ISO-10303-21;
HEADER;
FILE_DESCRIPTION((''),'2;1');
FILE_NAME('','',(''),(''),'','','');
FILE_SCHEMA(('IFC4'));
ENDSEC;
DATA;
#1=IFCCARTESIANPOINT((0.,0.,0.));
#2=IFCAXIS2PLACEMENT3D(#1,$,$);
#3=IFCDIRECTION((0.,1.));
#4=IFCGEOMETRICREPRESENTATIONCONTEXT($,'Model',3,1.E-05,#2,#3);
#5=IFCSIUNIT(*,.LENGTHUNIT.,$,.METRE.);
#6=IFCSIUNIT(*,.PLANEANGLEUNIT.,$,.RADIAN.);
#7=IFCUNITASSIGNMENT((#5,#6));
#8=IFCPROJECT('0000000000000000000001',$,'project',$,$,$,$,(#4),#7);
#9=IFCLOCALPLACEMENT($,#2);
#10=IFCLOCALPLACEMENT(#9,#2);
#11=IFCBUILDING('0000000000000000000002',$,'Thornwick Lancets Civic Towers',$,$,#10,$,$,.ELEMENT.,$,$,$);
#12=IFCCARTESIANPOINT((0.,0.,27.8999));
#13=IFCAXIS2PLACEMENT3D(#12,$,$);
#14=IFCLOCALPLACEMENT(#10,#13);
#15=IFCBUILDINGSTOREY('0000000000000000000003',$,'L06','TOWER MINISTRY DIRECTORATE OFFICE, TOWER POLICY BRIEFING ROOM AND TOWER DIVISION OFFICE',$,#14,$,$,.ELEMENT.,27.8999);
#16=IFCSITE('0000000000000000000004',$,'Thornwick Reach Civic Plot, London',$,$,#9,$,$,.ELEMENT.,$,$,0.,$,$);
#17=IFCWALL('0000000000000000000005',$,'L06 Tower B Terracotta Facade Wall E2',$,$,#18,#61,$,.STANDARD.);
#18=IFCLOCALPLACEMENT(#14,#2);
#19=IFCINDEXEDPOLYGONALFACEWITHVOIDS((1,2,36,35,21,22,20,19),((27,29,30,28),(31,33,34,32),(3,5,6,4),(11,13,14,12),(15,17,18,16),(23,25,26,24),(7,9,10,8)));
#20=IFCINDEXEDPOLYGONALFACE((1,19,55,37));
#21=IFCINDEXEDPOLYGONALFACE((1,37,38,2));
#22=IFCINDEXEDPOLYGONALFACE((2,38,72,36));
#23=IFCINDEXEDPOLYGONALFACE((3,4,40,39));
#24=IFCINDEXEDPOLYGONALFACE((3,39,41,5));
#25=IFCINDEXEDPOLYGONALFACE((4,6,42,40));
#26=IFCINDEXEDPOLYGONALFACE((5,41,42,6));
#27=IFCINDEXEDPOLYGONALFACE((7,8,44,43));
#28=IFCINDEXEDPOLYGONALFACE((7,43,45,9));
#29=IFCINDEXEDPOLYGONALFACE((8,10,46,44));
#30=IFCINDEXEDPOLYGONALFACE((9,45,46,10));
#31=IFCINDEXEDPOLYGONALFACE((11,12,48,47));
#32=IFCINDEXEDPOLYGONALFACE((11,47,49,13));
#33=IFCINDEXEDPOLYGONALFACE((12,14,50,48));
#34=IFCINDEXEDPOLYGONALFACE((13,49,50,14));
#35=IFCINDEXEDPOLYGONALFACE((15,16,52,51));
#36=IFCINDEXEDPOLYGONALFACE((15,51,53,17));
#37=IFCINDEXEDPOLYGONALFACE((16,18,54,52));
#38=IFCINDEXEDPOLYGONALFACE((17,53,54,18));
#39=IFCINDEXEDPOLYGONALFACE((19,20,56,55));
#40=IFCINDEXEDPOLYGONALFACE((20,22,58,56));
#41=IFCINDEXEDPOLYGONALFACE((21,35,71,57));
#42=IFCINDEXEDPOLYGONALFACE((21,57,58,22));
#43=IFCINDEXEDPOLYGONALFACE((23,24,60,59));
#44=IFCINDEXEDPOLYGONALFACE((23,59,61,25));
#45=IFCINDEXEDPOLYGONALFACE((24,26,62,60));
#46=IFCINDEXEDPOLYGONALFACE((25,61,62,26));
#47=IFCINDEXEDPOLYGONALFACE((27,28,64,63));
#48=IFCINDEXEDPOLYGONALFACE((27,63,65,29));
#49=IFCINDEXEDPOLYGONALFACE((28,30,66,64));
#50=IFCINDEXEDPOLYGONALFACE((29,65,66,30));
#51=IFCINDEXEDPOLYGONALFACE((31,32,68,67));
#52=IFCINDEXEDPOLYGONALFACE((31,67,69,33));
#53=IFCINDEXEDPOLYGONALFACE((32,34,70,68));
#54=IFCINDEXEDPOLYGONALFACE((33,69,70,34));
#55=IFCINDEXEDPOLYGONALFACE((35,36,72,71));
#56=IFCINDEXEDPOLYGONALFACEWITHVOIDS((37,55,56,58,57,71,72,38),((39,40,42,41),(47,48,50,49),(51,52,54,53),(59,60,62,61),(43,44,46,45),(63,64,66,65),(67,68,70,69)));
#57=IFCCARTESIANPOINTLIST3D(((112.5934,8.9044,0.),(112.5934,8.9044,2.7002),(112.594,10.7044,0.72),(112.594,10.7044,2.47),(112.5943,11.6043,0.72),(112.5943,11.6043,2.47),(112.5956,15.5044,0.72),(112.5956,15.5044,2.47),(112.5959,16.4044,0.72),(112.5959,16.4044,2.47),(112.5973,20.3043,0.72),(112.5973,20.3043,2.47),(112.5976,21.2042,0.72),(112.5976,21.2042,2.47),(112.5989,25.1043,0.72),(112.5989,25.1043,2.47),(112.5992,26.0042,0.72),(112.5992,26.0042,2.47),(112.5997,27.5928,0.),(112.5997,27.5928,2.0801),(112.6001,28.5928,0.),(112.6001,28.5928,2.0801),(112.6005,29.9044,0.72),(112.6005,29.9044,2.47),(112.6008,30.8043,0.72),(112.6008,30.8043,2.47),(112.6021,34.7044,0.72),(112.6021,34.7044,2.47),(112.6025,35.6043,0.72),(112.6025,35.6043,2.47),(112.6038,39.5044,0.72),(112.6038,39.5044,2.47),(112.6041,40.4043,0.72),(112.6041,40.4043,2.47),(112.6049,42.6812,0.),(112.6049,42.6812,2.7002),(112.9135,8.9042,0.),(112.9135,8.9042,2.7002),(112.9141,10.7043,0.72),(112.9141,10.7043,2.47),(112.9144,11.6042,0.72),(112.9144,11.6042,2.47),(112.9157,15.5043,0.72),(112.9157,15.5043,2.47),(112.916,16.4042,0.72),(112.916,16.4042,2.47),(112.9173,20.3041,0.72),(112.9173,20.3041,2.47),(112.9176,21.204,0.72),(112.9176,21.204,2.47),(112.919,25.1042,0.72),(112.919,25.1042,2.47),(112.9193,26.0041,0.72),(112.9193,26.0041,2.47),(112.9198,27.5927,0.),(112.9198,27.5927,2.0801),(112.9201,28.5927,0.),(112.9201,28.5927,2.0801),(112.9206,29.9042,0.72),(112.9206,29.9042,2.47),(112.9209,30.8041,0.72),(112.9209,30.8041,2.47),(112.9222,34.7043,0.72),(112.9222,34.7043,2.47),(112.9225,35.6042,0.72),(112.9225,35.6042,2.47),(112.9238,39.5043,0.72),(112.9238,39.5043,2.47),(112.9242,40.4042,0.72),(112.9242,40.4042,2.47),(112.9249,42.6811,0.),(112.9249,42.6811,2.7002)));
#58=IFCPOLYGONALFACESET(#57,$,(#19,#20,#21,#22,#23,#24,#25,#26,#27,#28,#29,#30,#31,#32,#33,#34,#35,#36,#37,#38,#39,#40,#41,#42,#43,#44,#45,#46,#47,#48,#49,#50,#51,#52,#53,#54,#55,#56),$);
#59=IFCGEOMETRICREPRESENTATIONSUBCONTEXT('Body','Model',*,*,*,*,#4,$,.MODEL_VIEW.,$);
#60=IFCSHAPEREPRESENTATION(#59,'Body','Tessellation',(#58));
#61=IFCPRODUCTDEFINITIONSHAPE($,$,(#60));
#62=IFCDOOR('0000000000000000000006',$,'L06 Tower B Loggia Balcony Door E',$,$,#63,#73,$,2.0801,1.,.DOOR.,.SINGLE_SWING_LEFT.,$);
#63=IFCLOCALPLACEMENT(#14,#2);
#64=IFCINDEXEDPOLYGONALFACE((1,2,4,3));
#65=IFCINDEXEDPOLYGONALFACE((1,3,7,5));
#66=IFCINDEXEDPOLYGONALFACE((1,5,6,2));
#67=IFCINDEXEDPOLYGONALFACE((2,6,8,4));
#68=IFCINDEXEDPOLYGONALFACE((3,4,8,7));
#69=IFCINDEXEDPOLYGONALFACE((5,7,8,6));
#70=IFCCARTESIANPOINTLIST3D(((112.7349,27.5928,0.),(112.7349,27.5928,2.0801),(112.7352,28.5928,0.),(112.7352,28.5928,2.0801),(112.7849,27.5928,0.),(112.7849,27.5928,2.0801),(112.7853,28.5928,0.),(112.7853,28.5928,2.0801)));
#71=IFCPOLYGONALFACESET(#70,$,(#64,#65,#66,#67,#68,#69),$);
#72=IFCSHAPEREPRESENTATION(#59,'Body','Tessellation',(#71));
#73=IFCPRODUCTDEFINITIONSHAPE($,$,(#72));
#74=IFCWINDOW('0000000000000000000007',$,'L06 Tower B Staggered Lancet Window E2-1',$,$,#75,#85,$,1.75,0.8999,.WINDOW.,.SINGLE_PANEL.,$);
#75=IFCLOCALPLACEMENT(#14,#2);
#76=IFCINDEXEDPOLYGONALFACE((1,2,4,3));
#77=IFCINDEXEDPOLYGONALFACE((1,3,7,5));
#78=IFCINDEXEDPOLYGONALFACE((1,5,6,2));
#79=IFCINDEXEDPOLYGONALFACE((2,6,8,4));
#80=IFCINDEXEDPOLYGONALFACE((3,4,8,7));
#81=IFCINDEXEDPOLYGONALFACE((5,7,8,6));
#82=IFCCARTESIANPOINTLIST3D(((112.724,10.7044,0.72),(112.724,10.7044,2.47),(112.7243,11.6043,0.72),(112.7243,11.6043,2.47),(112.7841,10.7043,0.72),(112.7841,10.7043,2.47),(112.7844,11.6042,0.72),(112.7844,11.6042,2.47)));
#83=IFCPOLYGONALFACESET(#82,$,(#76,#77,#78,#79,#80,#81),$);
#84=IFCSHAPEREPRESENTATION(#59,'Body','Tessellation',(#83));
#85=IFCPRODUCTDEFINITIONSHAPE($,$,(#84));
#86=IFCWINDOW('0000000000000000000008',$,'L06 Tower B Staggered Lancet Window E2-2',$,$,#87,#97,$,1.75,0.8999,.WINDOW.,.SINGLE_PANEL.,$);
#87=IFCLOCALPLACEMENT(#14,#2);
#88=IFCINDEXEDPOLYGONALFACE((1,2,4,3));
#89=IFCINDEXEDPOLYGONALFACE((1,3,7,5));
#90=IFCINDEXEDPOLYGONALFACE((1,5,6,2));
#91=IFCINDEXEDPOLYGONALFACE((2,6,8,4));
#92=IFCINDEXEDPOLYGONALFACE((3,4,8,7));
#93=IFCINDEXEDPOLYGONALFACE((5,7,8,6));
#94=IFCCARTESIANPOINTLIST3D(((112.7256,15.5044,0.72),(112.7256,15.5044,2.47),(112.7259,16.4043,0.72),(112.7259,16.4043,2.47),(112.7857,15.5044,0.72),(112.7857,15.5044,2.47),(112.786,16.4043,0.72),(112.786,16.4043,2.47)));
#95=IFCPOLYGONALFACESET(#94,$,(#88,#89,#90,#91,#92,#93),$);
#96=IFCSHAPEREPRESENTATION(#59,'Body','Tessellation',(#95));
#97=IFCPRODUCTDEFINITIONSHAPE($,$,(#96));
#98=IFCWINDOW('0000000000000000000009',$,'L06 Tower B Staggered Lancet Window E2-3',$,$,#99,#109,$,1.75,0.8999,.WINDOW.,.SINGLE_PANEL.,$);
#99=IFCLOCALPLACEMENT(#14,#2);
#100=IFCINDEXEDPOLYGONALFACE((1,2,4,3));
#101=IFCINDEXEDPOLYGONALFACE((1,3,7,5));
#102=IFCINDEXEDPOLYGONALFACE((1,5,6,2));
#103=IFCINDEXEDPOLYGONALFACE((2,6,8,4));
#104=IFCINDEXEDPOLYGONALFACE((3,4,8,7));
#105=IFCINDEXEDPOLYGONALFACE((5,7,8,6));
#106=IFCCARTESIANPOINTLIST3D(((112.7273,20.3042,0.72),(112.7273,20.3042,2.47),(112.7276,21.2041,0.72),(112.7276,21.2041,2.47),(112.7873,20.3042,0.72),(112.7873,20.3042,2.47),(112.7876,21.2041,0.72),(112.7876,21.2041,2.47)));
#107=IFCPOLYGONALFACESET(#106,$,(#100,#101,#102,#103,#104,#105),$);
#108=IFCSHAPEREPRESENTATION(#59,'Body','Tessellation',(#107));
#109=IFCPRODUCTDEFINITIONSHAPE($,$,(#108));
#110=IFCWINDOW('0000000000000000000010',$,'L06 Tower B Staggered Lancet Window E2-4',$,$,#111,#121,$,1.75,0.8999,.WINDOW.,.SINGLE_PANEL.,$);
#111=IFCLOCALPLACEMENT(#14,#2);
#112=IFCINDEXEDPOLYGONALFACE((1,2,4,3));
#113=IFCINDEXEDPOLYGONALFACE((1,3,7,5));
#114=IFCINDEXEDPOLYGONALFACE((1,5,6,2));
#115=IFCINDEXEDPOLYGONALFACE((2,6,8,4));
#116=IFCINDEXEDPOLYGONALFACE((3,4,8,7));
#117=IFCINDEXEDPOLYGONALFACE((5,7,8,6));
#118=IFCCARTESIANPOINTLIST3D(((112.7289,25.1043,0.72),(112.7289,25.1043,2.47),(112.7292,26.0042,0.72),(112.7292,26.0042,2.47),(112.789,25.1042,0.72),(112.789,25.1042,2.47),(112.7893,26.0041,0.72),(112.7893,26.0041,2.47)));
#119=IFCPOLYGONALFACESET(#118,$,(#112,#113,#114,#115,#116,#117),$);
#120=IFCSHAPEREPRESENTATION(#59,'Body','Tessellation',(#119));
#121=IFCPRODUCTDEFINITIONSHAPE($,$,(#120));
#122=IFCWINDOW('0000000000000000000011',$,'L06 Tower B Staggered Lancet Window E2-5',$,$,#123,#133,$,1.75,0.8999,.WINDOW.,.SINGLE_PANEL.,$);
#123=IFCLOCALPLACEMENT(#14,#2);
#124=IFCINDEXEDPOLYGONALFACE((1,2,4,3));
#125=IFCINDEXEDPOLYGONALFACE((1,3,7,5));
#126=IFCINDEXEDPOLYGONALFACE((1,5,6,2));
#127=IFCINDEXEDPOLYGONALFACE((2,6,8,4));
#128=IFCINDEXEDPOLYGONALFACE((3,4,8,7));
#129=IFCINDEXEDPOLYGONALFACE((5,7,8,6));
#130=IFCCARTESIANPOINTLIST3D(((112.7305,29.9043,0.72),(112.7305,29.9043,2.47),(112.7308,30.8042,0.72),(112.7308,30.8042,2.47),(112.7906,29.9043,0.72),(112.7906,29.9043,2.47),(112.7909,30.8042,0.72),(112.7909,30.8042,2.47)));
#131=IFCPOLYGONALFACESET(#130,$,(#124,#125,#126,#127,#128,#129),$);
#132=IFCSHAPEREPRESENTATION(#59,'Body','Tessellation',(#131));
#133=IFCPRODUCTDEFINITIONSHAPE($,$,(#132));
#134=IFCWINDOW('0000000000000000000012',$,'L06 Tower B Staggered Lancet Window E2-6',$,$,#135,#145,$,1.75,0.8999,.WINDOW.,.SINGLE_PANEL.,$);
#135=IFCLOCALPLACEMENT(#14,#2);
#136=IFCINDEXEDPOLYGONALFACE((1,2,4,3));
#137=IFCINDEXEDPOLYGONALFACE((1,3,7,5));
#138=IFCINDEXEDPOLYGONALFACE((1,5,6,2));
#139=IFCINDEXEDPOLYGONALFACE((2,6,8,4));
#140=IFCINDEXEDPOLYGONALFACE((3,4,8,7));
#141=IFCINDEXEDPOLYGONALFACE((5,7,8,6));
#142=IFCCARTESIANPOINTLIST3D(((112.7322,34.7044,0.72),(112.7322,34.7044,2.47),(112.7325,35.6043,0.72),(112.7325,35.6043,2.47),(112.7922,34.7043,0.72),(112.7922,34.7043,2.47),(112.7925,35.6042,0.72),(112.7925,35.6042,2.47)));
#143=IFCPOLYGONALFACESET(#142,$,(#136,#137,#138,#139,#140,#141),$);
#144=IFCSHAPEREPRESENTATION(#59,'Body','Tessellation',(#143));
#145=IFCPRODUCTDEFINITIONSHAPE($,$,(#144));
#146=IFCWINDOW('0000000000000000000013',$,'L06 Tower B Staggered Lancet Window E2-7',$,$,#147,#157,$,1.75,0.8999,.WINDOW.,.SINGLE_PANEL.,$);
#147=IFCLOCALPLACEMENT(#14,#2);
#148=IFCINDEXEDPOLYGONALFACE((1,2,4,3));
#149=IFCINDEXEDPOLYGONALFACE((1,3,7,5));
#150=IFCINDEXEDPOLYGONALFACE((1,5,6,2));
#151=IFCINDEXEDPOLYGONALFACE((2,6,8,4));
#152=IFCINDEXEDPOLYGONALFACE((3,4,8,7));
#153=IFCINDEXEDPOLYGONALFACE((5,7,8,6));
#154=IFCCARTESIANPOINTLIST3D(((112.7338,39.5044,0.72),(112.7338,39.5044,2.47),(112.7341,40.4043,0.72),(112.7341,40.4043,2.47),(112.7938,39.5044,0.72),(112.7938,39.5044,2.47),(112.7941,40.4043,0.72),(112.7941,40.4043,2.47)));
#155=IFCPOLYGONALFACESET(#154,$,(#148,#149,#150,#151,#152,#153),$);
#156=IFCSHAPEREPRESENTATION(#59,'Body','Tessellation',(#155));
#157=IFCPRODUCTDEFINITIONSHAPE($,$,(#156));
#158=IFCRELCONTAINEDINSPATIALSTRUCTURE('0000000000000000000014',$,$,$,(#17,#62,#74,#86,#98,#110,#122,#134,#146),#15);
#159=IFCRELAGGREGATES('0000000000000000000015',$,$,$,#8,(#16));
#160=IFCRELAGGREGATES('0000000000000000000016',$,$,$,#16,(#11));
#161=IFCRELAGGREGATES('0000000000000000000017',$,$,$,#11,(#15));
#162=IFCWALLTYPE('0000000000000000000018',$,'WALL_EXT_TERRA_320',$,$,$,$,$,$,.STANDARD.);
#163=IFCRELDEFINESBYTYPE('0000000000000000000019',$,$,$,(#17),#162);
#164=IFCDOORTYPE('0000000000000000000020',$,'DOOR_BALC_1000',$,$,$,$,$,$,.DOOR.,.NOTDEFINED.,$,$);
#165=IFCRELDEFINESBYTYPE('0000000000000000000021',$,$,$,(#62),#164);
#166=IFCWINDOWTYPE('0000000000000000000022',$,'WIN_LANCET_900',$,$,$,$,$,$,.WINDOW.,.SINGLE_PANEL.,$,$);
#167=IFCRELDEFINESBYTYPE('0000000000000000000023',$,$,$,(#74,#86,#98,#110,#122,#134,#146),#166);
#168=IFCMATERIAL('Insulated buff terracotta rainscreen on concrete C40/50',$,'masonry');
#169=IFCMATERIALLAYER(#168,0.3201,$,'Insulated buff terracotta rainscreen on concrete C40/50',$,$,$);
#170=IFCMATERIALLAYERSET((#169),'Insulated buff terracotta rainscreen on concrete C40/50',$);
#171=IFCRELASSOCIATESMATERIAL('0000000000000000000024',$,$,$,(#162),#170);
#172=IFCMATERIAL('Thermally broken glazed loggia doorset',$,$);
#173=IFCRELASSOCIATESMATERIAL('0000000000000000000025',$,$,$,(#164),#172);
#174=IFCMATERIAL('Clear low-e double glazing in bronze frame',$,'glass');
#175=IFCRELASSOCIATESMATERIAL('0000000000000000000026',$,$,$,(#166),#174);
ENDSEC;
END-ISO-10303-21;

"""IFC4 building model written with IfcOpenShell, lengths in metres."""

from ifc_helpers import new_model, si_unit, direction, frame, frame_2d, origin, place, context, subcontext, project, spatial, rectangle, extrude, material, layer, layer_set, type_object, element, fill, save


model = new_model("IFC4")

# Units and contexts
model_context = context("Model", 3, precision=1e-05, world=origin(), true_north=direction((0.0, 1.0)))
body_context = subcontext(model_context, "Body", "Model", "MODEL_VIEW")
ifc_project = project(units=[si_unit("LENGTHUNIT", "METRE"), si_unit("PLANEANGLEUNIT", "RADIAN")], contexts=[model_context])

# Site, building, storey
site_placement = place(None, origin())
site = spatial("IfcSite", under=ifc_project, at=site_placement, Name="Thornwick Reach Civic Plot, London", CompositionType="ELEMENT", RefElevation=0.0)
building_placement = place(site_placement, origin())
building = spatial("IfcBuilding", under=site, at=building_placement, Name="Thornwick Lancets Civic Towers", CompositionType="ELEMENT")
storey_placement = place(building_placement, frame((0.0, 0.0, 27.8999)))
storey = spatial("IfcBuildingStorey", under=building, at=storey_placement, Name="L06", Description="TOWER MINISTRY DIRECTORATE OFFICE, TOWER POLICY BRIEFING ROOM AND TOWER DIVISION OFFICE", CompositionType="ELEMENT", Elevation=27.8999)

# Wall, openings, door, windows
ifc_material_1 = material(Name="Insulated buff terracotta rainscreen on concrete C40/50", Category="masonry")
ifc_layer_1 = layer(ifc_material_1, 0.3201, Name="Insulated buff terracotta rainscreen on concrete C40/50")
ifc_layer_set_1 = layer_set([ifc_layer_1], Name="Insulated buff terracotta rainscreen on concrete C40/50")
wall_type_1 = type_object("IfcWallType", Name="WALL_EXT_TERRA_320", PredefinedType="STANDARD", material=ifc_layer_set_1)
wall_1_placement = place(storey_placement, frame((112.7534, 8.9043, 0.0), z_axis=(0.0, 0.0, 1.0), x_axis=(0.00034, 1.0, 0.0)))
wall_1 = element("IfcWall", 1, at=wall_1_placement, inside=storey, type_object=wall_type_1, Name="L06 Tower B Terracotta Facade Wall E2", PredefinedType="STANDARD", context=body_context, shape_type="SweptSolid", body=[
    extrude(rectangle(XDim=33.7769, YDim=0.3201, at=frame_2d((16.8884, 0.0))), origin(), (0.0, 0.0, 1.0), 2.7002),
])
opening_1_placement = place(wall_1_placement, frame((18.6885, 0.0, 0.0)))
opening_1 = element("IfcOpeningElement", 2, at=opening_1_placement, cuts=wall_1, PredefinedType="OPENING", context=body_context, shape_type="SweptSolid", body=[
    extrude(rectangle(XDim=1.0, YDim=2.0801, at=frame_2d((0.5, 1.04))), frame((0.0, 0.1699, 0.0), z_axis=(0.0, -1.0, 0.0), x_axis=(1.0, 0.0, 0.0)), (0.0, 0.0, 1.0), 0.3401),
])
opening_2_placement = place(wall_1_placement, frame((1.8, 0.0, 0.72)))
opening_2 = element("IfcOpeningElement", 3, at=opening_2_placement, cuts=wall_1, PredefinedType="OPENING", context=body_context, shape_type="SweptSolid", body=[
    extrude(rectangle(XDim=0.8999, YDim=1.75, at=frame_2d((0.45, 0.875))), frame((0.0, 0.1699, 0.0), z_axis=(0.0, -1.0, 0.0), x_axis=(1.0, 0.0, 0.0)), (0.0, 0.0, 1.0), 0.3401),
])
opening_3_placement = place(wall_1_placement, frame((6.6001, 0.0, 0.72)))
opening_3 = element("IfcOpeningElement", 4, at=opening_3_placement, cuts=wall_1, PredefinedType="OPENING", context=body_context, shape_type="SweptSolid", body=[
    extrude(rectangle(XDim=0.8999, YDim=1.75, at=frame_2d((0.45, 0.875))), frame((0.0, 0.1699, 0.0), z_axis=(0.0, -1.0, 0.0), x_axis=(1.0, 0.0, 0.0)), (0.0, 0.0, 1.0), 0.3401),
])
opening_4_placement = place(wall_1_placement, frame((11.3999, 0.0, 0.72)))
opening_4 = element("IfcOpeningElement", 5, at=opening_4_placement, cuts=wall_1, PredefinedType="OPENING", context=body_context, shape_type="SweptSolid", body=[
    extrude(rectangle(XDim=0.8999, YDim=1.75, at=frame_2d((0.45, 0.875))), frame((0.0, 0.1699, 0.0), z_axis=(0.0, -1.0, 0.0), x_axis=(1.0, 0.0, 0.0)), (0.0, 0.0, 1.0), 0.3401),
])
opening_5_placement = place(wall_1_placement, frame((16.2, 0.0, 0.72)))
opening_5 = element("IfcOpeningElement", 6, at=opening_5_placement, cuts=wall_1, PredefinedType="OPENING", context=body_context, shape_type="SweptSolid", body=[
    extrude(rectangle(XDim=0.8999, YDim=1.75, at=frame_2d((0.45, 0.875))), frame((0.0, 0.1699, 0.0), z_axis=(0.0, -1.0, 0.0), x_axis=(1.0, 0.0, 0.0)), (0.0, 0.0, 1.0), 0.3401),
])
opening_6_placement = place(wall_1_placement, frame((21.0, 0.0, 0.72)))
opening_6 = element("IfcOpeningElement", 7, at=opening_6_placement, cuts=wall_1, PredefinedType="OPENING", context=body_context, shape_type="SweptSolid", body=[
    extrude(rectangle(XDim=0.8999, YDim=1.75, at=frame_2d((0.45, 0.875))), frame((0.0, 0.1699, 0.0), z_axis=(0.0, -1.0, 0.0), x_axis=(1.0, 0.0, 0.0)), (0.0, 0.0, 1.0), 0.3401),
])
opening_7_placement = place(wall_1_placement, frame((25.8, 0.0, 0.72)))
opening_7 = element("IfcOpeningElement", 8, at=opening_7_placement, cuts=wall_1, PredefinedType="OPENING", context=body_context, shape_type="SweptSolid", body=[
    extrude(rectangle(XDim=0.8999, YDim=1.75, at=frame_2d((0.45, 0.875))), frame((0.0, 0.1699, 0.0), z_axis=(0.0, -1.0, 0.0), x_axis=(1.0, 0.0, 0.0)), (0.0, 0.0, 1.0), 0.3401),
])
opening_8_placement = place(wall_1_placement, frame((30.6001, 0.0, 0.72)))
opening_8 = element("IfcOpeningElement", 9, at=opening_8_placement, cuts=wall_1, PredefinedType="OPENING", context=body_context, shape_type="SweptSolid", body=[
    extrude(rectangle(XDim=0.8999, YDim=1.75, at=frame_2d((0.45, 0.875))), frame((0.0, 0.1699, 0.0), z_axis=(0.0, -1.0, 0.0), x_axis=(1.0, 0.0, 0.0)), (0.0, 0.0, 1.0), 0.3401),
])
ifc_material_2 = material(Name="Thermally broken glazed loggia doorset")
door_type = type_object("IfcDoorType", Name="DOOR_BALC_1000", OperationType="NOTDEFINED", PredefinedType="DOOR", material=ifc_material_2)
door_placement = place(opening_1_placement, origin())
door = element("IfcDoor", 10, at=door_placement, inside=storey, type_object=door_type, Name="L06 Tower B Loggia Balcony Door E", OperationType="SINGLE_SWING_LEFT", OverallHeight=2.0801, OverallWidth=1.0, PredefinedType="DOOR", context=body_context, shape_type="SweptSolid", body=[
    extrude(rectangle(XDim=1.0, YDim=2.0801, at=frame_2d((0.5, 1.04))), frame((0.0, 0.0249, 0.0), z_axis=(0.0, -1.0, 0.0), x_axis=(1.0, 0.0, 0.0)), (0.0, 0.0, 1.0), 0.05),
])
fill(opening_1, door)
ifc_material_3 = material(Name="Clear low-e double glazing in bronze frame", Category="glass")
window_type = type_object("IfcWindowType", Name="WIN_LANCET_900", PartitioningType="SINGLE_PANEL", PredefinedType="WINDOW", material=ifc_material_3)
window_1_placement = place(opening_2_placement, origin())
window_1 = element("IfcWindow", 11, at=window_1_placement, inside=storey, type_object=window_type, Name="L06 Tower B Staggered Lancet Window E2-1", OverallHeight=1.75, OverallWidth=0.8999, PartitioningType="SINGLE_PANEL", PredefinedType="WINDOW", context=body_context, shape_type="SweptSolid", body=[
    extrude(rectangle(XDim=0.8999, YDim=1.75, at=frame_2d((0.45, 0.875))), frame((0.0, 0.03, 0.0), z_axis=(0.0, -1.0, 0.0), x_axis=(1.0, 0.0, 0.0)), (0.0, 0.0, 1.0), 0.0601),
])
fill(opening_2, window_1)
window_2_placement = place(opening_3_placement, origin())
window_2 = element("IfcWindow", 12, at=window_2_placement, inside=storey, type_object=window_type, Name="L06 Tower B Staggered Lancet Window E2-2", OverallHeight=1.75, OverallWidth=0.8999, PartitioningType="SINGLE_PANEL", PredefinedType="WINDOW", context=body_context, shape_type="SweptSolid", body=[
    extrude(rectangle(XDim=0.8999, YDim=1.75, at=frame_2d((0.45, 0.875))), frame((0.0, 0.03, 0.0), z_axis=(0.0, -1.0, 0.0), x_axis=(1.0, 0.0, 0.0)), (0.0, 0.0, 1.0), 0.0601),
])
fill(opening_3, window_2)
window_3_placement = place(opening_4_placement, origin())
window_3 = element("IfcWindow", 13, at=window_3_placement, inside=storey, type_object=window_type, Name="L06 Tower B Staggered Lancet Window E2-3", OverallHeight=1.75, OverallWidth=0.8999, PartitioningType="SINGLE_PANEL", PredefinedType="WINDOW", context=body_context, shape_type="SweptSolid", body=[
    extrude(rectangle(XDim=0.8999, YDim=1.75, at=frame_2d((0.45, 0.875))), frame((0.0, 0.03, 0.0), z_axis=(0.0, -1.0, 0.0), x_axis=(1.0, 0.0, 0.0)), (0.0, 0.0, 1.0), 0.0601),
])
fill(opening_4, window_3)
window_4_placement = place(opening_5_placement, origin())
window_4 = element("IfcWindow", 14, at=window_4_placement, inside=storey, type_object=window_type, Name="L06 Tower B Staggered Lancet Window E2-4", OverallHeight=1.75, OverallWidth=0.8999, PartitioningType="SINGLE_PANEL", PredefinedType="WINDOW", context=body_context, shape_type="SweptSolid", body=[
    extrude(rectangle(XDim=0.8999, YDim=1.75, at=frame_2d((0.45, 0.875))), frame((0.0, 0.03, 0.0), z_axis=(0.0, -1.0, 0.0), x_axis=(1.0, 0.0, 0.0)), (0.0, 0.0, 1.0), 0.0601),
])
fill(opening_5, window_4)
window_5_placement = place(opening_6_placement, origin())
window_5 = element("IfcWindow", 15, at=window_5_placement, inside=storey, type_object=window_type, Name="L06 Tower B Staggered Lancet Window E2-5", OverallHeight=1.75, OverallWidth=0.8999, PartitioningType="SINGLE_PANEL", PredefinedType="WINDOW", context=body_context, shape_type="SweptSolid", body=[
    extrude(rectangle(XDim=0.8999, YDim=1.75, at=frame_2d((0.45, 0.875))), frame((0.0, 0.03, 0.0), z_axis=(0.0, -1.0, 0.0), x_axis=(1.0, 0.0, 0.0)), (0.0, 0.0, 1.0), 0.0601),
])
fill(opening_6, window_5)
window_6_placement = place(opening_7_placement, origin())
window_6 = element("IfcWindow", 16, at=window_6_placement, inside=storey, type_object=window_type, Name="L06 Tower B Staggered Lancet Window E2-6", OverallHeight=1.75, OverallWidth=0.8999, PartitioningType="SINGLE_PANEL", PredefinedType="WINDOW", context=body_context, shape_type="SweptSolid", body=[
    extrude(rectangle(XDim=0.8999, YDim=1.75, at=frame_2d((0.45, 0.875))), frame((0.0, 0.03, 0.0), z_axis=(0.0, -1.0, 0.0), x_axis=(1.0, 0.0, 0.0)), (0.0, 0.0, 1.0), 0.0601),
])
fill(opening_7, window_6)
window_7_placement = place(opening_8_placement, origin())
window_7 = element("IfcWindow", 17, at=window_7_placement, inside=storey, type_object=window_type, Name="L06 Tower B Staggered Lancet Window E2-7", OverallHeight=1.75, OverallWidth=0.8999, PartitioningType="SINGLE_PANEL", PredefinedType="WINDOW", context=body_context, shape_type="SweptSolid", body=[
    extrude(rectangle(XDim=0.8999, YDim=1.75, at=frame_2d((0.45, 0.875))), frame((0.0, 0.03, 0.0), z_axis=(0.0, -1.0, 0.0), x_axis=(1.0, 0.0, 0.0)), (0.0, 0.0, 1.0), 0.0601),
])
fill(opening_8, window_7)

save(model, "model.ifc")
